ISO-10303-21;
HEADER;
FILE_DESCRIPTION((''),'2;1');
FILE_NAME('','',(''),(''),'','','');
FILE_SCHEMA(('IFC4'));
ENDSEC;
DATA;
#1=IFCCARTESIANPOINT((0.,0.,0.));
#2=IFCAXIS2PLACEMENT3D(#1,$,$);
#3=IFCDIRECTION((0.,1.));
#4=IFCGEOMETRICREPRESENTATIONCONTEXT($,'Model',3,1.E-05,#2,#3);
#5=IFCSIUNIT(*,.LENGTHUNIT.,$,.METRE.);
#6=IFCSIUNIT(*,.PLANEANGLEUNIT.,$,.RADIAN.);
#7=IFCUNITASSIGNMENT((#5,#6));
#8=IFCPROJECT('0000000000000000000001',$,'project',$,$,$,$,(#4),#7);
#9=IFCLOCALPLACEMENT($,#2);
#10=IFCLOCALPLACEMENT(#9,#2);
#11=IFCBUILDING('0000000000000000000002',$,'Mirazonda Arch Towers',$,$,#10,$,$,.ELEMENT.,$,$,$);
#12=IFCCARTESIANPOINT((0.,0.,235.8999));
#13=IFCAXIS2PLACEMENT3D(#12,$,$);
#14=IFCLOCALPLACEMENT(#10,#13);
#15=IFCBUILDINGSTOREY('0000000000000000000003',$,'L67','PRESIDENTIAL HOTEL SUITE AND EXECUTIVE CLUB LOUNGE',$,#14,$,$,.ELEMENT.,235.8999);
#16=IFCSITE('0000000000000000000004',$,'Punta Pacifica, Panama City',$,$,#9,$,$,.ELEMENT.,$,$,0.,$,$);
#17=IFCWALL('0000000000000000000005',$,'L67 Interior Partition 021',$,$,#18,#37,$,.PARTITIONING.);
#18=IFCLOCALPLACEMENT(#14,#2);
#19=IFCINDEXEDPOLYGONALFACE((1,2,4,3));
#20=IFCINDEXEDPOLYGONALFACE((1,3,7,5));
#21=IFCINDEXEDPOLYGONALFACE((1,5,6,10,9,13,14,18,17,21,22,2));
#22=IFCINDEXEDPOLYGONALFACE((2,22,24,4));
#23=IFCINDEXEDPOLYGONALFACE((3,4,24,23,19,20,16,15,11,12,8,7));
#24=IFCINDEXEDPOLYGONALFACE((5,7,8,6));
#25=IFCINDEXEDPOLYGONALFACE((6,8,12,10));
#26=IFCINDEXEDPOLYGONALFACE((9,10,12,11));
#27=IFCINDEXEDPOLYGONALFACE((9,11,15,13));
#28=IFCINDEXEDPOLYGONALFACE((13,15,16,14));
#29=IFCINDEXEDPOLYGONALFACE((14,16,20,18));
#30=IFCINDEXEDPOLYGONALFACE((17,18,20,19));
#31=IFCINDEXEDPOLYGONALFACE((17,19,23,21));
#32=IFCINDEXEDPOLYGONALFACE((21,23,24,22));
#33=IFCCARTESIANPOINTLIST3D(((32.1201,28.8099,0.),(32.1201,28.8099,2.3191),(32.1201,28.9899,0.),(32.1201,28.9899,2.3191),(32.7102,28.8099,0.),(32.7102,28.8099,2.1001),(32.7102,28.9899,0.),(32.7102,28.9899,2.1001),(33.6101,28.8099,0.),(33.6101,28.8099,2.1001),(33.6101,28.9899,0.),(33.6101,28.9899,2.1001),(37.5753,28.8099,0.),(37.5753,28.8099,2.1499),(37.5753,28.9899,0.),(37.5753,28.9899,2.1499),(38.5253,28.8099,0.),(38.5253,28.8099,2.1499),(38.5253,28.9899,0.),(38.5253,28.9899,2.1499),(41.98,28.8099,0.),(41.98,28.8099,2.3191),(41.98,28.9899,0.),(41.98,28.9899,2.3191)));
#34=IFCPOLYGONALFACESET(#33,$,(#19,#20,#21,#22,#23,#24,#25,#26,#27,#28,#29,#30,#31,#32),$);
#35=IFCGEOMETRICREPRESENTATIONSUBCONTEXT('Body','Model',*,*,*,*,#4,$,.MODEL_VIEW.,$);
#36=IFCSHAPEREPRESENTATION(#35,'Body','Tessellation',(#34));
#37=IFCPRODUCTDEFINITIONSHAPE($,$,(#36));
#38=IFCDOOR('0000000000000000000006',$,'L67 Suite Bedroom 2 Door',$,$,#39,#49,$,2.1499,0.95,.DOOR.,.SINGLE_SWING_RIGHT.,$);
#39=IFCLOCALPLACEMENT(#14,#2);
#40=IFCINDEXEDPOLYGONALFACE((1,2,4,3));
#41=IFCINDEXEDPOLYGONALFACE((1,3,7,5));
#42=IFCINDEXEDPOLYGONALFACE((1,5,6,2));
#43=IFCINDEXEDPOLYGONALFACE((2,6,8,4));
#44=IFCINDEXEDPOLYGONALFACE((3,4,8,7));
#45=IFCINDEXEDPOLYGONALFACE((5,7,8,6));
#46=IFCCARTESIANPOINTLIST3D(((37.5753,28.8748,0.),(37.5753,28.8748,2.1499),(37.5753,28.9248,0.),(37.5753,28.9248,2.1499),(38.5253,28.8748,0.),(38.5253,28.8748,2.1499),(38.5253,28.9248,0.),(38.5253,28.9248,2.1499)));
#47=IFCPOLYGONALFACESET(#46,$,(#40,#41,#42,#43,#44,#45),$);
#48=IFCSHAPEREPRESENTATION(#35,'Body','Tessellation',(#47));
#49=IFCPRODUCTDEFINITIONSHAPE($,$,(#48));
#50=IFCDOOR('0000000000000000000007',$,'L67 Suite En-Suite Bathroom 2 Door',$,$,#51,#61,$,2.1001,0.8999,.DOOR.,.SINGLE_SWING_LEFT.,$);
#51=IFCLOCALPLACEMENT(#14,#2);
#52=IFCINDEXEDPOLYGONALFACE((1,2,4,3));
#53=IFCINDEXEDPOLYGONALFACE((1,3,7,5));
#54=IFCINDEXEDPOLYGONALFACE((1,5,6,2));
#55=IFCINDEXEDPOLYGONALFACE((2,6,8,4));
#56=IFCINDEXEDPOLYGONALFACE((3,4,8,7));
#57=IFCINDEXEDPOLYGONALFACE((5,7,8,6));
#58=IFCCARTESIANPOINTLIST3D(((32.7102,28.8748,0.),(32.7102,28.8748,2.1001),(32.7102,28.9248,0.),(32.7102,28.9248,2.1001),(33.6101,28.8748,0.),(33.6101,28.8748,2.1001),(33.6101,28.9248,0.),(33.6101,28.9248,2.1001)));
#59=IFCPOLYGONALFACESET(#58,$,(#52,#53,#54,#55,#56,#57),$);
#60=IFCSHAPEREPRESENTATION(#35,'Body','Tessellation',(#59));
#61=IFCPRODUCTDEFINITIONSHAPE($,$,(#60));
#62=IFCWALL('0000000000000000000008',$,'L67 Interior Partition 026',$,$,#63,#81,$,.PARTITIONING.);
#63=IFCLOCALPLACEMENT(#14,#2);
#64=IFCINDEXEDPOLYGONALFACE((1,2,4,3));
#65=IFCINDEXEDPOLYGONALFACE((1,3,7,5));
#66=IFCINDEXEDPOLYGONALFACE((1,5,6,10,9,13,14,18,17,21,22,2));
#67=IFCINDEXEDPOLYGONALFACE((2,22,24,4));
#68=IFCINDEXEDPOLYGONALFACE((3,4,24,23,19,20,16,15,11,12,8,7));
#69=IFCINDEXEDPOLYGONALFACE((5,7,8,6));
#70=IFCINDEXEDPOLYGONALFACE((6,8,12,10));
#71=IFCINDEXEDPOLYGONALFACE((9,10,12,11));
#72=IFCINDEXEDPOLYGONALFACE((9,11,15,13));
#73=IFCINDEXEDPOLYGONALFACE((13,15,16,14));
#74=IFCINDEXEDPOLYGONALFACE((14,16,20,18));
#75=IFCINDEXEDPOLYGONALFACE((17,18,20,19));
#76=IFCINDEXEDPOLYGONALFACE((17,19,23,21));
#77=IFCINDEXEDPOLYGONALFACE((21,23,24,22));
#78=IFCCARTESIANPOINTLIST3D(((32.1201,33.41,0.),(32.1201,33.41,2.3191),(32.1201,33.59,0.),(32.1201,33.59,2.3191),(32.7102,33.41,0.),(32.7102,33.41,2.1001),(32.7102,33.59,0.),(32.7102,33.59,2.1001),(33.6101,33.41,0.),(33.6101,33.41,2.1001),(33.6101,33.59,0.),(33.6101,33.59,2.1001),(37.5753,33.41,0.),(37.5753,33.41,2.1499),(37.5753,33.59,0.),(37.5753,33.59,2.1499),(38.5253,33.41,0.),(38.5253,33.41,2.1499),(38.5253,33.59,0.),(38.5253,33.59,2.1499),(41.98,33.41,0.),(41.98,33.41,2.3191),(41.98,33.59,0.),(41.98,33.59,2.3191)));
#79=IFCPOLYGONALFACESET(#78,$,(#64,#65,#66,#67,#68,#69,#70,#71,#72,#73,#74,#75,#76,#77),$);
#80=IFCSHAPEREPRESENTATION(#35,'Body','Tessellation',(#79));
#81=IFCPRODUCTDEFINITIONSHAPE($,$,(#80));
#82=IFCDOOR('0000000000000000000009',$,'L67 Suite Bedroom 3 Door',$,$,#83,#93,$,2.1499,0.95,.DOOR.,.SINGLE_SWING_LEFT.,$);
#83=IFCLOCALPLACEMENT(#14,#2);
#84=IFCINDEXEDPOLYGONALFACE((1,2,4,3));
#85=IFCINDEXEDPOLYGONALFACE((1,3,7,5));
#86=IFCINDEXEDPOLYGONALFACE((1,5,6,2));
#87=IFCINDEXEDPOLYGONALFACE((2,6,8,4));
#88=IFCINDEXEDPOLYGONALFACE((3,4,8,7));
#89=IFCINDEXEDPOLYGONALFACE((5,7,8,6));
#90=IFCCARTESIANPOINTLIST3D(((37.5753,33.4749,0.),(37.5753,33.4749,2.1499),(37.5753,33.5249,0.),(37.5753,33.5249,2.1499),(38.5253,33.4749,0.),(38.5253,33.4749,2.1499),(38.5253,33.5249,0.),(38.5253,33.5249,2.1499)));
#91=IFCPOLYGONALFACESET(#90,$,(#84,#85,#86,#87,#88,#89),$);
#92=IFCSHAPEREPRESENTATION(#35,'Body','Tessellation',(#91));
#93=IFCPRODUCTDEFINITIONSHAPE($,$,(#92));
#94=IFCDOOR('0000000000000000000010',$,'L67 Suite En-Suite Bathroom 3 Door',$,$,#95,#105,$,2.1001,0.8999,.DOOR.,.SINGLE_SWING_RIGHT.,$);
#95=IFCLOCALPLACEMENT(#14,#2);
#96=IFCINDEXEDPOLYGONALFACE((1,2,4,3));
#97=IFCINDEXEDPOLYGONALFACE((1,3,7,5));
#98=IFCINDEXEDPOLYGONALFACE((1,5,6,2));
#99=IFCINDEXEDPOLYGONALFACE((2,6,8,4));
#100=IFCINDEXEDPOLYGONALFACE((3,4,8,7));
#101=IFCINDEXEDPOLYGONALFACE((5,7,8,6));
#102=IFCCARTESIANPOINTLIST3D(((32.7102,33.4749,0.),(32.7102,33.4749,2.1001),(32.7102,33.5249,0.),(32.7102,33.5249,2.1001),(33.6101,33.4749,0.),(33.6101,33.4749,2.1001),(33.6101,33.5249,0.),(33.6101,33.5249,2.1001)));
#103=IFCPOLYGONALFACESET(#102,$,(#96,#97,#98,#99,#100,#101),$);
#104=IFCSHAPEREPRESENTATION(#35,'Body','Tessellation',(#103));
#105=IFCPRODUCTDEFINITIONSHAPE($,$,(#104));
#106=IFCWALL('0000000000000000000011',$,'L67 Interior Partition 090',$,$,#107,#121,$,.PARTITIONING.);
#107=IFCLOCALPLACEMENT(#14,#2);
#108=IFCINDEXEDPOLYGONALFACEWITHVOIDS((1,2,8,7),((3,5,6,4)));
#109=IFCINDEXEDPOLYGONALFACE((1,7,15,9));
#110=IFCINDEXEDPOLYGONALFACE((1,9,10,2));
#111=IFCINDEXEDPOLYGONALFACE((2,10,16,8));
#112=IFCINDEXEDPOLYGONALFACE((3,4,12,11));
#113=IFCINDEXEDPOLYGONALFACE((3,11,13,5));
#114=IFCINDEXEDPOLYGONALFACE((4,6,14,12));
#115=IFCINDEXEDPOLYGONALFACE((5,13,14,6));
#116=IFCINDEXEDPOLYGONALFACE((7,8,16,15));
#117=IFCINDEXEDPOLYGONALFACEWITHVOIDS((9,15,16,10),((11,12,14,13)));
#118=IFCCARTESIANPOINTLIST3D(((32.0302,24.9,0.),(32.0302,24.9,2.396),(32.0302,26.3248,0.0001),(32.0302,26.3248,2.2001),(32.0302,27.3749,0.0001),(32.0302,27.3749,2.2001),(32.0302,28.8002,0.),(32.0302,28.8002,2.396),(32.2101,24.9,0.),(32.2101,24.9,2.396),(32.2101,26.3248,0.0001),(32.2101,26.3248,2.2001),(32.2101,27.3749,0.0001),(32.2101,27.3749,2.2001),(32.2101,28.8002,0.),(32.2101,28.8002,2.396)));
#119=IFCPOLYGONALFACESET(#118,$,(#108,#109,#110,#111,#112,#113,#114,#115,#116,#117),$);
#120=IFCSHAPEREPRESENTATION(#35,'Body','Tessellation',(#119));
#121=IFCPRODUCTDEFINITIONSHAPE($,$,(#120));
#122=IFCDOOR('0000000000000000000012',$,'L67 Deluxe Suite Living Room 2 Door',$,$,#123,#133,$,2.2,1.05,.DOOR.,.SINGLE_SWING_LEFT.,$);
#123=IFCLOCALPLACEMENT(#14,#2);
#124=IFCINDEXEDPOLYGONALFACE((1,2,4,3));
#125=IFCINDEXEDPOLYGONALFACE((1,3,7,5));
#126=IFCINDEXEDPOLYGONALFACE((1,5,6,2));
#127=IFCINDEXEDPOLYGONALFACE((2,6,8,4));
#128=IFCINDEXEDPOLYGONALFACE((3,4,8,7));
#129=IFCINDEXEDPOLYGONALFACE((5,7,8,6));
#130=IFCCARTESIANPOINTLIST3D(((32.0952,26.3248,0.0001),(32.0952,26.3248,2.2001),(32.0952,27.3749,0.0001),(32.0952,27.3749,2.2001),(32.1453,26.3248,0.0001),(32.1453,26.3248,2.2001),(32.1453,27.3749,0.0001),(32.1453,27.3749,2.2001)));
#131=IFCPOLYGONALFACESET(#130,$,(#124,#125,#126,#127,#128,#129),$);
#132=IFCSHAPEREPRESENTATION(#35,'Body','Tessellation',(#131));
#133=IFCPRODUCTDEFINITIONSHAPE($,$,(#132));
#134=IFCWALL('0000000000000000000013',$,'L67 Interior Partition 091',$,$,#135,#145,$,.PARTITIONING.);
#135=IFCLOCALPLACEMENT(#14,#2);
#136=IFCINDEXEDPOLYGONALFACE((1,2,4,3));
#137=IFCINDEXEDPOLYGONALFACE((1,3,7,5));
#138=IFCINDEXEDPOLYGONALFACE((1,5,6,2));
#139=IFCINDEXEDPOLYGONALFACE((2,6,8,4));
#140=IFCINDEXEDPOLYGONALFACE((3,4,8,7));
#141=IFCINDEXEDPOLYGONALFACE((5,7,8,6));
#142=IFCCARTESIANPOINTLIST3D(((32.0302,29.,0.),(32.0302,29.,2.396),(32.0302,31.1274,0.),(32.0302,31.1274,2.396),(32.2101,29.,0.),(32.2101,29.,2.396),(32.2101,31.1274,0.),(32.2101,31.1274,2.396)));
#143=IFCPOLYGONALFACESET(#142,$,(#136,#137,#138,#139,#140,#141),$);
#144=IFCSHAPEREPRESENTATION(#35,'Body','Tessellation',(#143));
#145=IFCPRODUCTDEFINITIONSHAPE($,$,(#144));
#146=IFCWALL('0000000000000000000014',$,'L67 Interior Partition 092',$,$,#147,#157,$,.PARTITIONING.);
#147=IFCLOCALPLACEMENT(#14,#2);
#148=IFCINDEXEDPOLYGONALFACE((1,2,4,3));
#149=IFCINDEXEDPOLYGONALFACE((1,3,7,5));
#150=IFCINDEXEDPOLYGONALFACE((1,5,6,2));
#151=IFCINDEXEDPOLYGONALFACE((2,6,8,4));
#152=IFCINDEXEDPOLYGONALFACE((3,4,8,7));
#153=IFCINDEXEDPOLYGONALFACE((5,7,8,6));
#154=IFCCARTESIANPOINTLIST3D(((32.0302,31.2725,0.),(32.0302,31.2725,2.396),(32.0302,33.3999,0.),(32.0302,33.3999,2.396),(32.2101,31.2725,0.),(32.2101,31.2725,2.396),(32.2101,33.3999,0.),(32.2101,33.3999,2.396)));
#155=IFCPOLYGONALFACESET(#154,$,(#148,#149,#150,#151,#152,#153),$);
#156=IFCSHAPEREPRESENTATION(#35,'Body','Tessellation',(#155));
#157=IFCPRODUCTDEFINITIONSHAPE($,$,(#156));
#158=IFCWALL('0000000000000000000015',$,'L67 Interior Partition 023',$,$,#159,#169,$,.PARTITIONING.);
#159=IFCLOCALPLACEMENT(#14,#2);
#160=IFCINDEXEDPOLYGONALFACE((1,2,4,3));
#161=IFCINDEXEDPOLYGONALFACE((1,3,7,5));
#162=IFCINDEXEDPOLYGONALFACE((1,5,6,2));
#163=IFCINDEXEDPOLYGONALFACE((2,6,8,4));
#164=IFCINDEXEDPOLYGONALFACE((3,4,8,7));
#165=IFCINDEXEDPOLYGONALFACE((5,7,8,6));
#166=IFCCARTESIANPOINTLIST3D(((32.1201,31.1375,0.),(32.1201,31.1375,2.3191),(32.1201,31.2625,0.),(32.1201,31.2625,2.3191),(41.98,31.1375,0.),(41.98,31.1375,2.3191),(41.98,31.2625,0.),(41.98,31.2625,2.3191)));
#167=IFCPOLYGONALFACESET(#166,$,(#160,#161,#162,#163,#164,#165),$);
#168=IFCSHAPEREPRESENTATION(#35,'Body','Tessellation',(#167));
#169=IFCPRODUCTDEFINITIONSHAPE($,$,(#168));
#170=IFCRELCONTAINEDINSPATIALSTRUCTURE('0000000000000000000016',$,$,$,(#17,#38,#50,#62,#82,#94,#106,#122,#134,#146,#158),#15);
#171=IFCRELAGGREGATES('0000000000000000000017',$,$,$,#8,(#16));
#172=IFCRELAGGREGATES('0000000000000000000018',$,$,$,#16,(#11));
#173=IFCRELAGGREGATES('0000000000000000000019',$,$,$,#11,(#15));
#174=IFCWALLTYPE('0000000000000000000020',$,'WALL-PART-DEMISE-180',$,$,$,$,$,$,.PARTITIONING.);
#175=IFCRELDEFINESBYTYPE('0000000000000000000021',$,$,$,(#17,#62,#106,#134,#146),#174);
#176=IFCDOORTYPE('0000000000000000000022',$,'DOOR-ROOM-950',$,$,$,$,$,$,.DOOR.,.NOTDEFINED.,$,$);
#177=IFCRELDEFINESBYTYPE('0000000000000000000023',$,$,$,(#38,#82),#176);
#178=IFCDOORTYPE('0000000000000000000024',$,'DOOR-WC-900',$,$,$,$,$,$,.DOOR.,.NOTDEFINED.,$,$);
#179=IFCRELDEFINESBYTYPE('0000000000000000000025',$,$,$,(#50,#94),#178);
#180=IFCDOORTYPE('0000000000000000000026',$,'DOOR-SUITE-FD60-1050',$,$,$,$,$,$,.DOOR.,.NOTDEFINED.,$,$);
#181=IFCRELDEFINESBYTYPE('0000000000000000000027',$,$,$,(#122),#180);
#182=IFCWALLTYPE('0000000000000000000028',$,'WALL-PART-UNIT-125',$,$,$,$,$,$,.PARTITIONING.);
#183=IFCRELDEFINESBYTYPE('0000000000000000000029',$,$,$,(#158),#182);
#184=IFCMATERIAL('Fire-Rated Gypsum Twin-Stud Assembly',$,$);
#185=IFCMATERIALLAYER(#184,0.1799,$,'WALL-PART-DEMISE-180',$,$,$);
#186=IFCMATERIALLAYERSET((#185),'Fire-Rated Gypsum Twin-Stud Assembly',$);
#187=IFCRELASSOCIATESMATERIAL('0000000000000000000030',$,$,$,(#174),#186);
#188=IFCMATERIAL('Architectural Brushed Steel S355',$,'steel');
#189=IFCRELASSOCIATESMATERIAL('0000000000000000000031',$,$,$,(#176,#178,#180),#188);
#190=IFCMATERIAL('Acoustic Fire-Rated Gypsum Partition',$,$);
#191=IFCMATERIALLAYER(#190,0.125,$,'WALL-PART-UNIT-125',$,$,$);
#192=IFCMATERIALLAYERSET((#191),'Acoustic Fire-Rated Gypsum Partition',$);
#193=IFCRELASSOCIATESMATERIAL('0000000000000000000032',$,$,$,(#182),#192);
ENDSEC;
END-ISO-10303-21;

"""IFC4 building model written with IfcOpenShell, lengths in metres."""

from ifc_helpers import new_model, si_unit, direction, frame, frame_2d, origin, place, context, subcontext, project, spatial, rectangle, extrude, material, layer, layer_set, type_object, element, fill, save


model = new_model("IFC4")

# Units and contexts
model_context = context("Model", 3, precision=1e-05, world=origin(), true_north=direction((0.0, 1.0)))
body_context = subcontext(model_context, "Body", "Model", "MODEL_VIEW")
ifc_project = project(units=[si_unit("LENGTHUNIT", "METRE"), si_unit("PLANEANGLEUNIT", "RADIAN")], contexts=[model_context])

# Site, building, storey
site_placement = place(None, origin())
site = spatial("IfcSite", under=ifc_project, at=site_placement, Name="Punta Pacifica, Panama City", CompositionType="ELEMENT", RefElevation=0.0)
building_placement = place(site_placement, origin())
building = spatial("IfcBuilding", under=site, at=building_placement, Name="Mirazonda Arch Towers", CompositionType="ELEMENT")
storey_placement = place(building_placement, frame((0.0, 0.0, 235.8999)))
storey = spatial("IfcBuildingStorey", under=building, at=storey_placement, Name="L67", Description="PRESIDENTIAL HOTEL SUITE AND EXECUTIVE CLUB LOUNGE", CompositionType="ELEMENT", Elevation=235.8999)

# Walls, openings, doors
ifc_material_1 = material(Name="Fire-Rated Gypsum Twin-Stud Assembly")
ifc_layer_1 = layer(ifc_material_1, 0.1799, Name="WALL-PART-DEMISE-180")
ifc_layer_set_1 = layer_set([ifc_layer_1], Name="Fire-Rated Gypsum Twin-Stud Assembly")
wall_type_1 = type_object("IfcWallType", Name="WALL-PART-DEMISE-180", PredefinedType="PARTITIONING", material=ifc_layer_set_1)
wall_1_placement = place(storey_placement, frame((32.1201, 28.8999, 0.0), z_axis=(0.0, 0.0, 1.0), x_axis=(1.0, 0.0, 0.0)))
wall_1 = element("IfcWall", 1, at=wall_1_placement, inside=storey, type_object=wall_type_1, Name="L67 Interior Partition 021", PredefinedType="PARTITIONING", context=body_context, shape_type="SweptSolid", body=[
    extrude(rectangle(XDim=9.8599, YDim=0.1799, at=frame_2d((4.9299, 0.0))), origin(), (0.0, 0.0, 1.0), 2.3191),
])
opening_1_placement = place(wall_1_placement, frame((5.4551, 0.0, 0.0)))
opening_1 = element("IfcOpeningElement", 2, at=opening_1_placement, cuts=wall_1, PredefinedType="OPENING", context=body_context, shape_type="SweptSolid", body=[
    extrude(rectangle(XDim=0.95, YDim=2.1499, at=frame_2d((0.4751, 1.075))), frame((0.0, 0.0999, 0.0), z_axis=(0.0, -1.0, 0.0), x_axis=(1.0, 0.0, 0.0)), (0.0, 0.0, 1.0), 0.2),
])
opening_2_placement = place(wall_1_placement, frame((0.5901, 0.0, 0.0)))
opening_2 = element("IfcOpeningElement", 3, at=opening_2_placement, cuts=wall_1, PredefinedType="OPENING", context=body_context, shape_type="SweptSolid", body=[
    extrude(rectangle(XDim=0.8999, YDim=2.1001, at=frame_2d((0.45, 1.05))), frame((0.0, 0.0999, 0.0), z_axis=(0.0, -1.0, 0.0), x_axis=(1.0, 0.0, 0.0)), (0.0, 0.0, 1.0), 0.2),
])
ifc_material_2 = material(Name="Architectural Brushed Steel S355", Category="steel")
door_type_1 = type_object("IfcDoorType", Name="DOOR-ROOM-950", OperationType="NOTDEFINED", PredefinedType="DOOR", material=ifc_material_2)
door_1_placement = place(opening_1_placement, origin())
door_1 = element("IfcDoor", 4, at=door_1_placement, inside=storey, type_object=door_type_1, Name="L67 Suite Bedroom 2 Door", OperationType="SINGLE_SWING_RIGHT", OverallHeight=2.1499, OverallWidth=0.95, PredefinedType="DOOR", context=body_context, shape_type="SweptSolid", body=[
    extrude(rectangle(XDim=0.95, YDim=2.1499, at=frame_2d((0.4751, 1.075))), frame((0.0, 0.0249, 0.0), z_axis=(0.0, -1.0, 0.0), x_axis=(1.0, 0.0, 0.0)), (0.0, 0.0, 1.0), 0.05),
])
fill(opening_1, door_1)
door_type_2 = type_object("IfcDoorType", Name="DOOR-WC-900", OperationType="NOTDEFINED", PredefinedType="DOOR", material=ifc_material_2)
door_2_placement = place(opening_2_placement, origin())
door_2 = element("IfcDoor", 5, at=door_2_placement, inside=storey, type_object=door_type_2, Name="L67 Suite En-Suite Bathroom 2 Door", OperationType="SINGLE_SWING_LEFT", OverallHeight=2.1001, OverallWidth=0.8999, PredefinedType="DOOR", context=body_context, shape_type="SweptSolid", body=[
    extrude(rectangle(XDim=0.8999, YDim=2.1001, at=frame_2d((0.45, 1.05))), frame((0.0, 0.0249, 0.0), z_axis=(0.0, -1.0, 0.0), x_axis=(1.0, 0.0, 0.0)), (0.0, 0.0, 1.0), 0.05),
])
fill(opening_2, door_2)
wall_2_placement = place(storey_placement, frame((32.1201, 33.5, 0.0), z_axis=(0.0, 0.0, 1.0), x_axis=(1.0, 0.0, 0.0)))
wall_2 = element("IfcWall", 6, at=wall_2_placement, inside=storey, type_object=wall_type_1, Name="L67 Interior Partition 026", PredefinedType="PARTITIONING", context=body_context, shape_type="SweptSolid", body=[
    extrude(rectangle(XDim=9.8599, YDim=0.1799, at=frame_2d((4.9299, 0.0))), origin(), (0.0, 0.0, 1.0), 2.3191),
])
opening_3_placement = place(wall_2_placement, frame((5.4551, 0.0, 0.0)))
opening_3 = element("IfcOpeningElement", 7, at=opening_3_placement, cuts=wall_2, PredefinedType="OPENING", context=body_context, shape_type="SweptSolid", body=[
    extrude(rectangle(XDim=0.95, YDim=2.1499, at=frame_2d((0.4751, 1.075))), frame((0.0, 0.0999, 0.0), z_axis=(0.0, -1.0, 0.0), x_axis=(1.0, 0.0, 0.0)), (0.0, 0.0, 1.0), 0.2),
])
opening_4_placement = place(wall_2_placement, frame((0.5901, 0.0, 0.0)))
opening_4 = element("IfcOpeningElement", 8, at=opening_4_placement, cuts=wall_2, PredefinedType="OPENING", context=body_context, shape_type="SweptSolid", body=[
    extrude(rectangle(XDim=0.8999, YDim=2.1001, at=frame_2d((0.45, 1.05))), frame((0.0, 0.0999, 0.0), z_axis=(0.0, -1.0, 0.0), x_axis=(1.0, 0.0, 0.0)), (0.0, 0.0, 1.0), 0.2),
])
door_3_placement = place(opening_3_placement, origin())
door_3 = element("IfcDoor", 9, at=door_3_placement, inside=storey, type_object=door_type_1, Name="L67 Suite Bedroom 3 Door", OperationType="SINGLE_SWING_LEFT", OverallHeight=2.1499, OverallWidth=0.95, PredefinedType="DOOR", context=body_context, shape_type="SweptSolid", body=[
    extrude(rectangle(XDim=0.95, YDim=2.1499, at=frame_2d((0.4751, 1.075))), frame((0.0, 0.0249, 0.0), z_axis=(0.0, -1.0, 0.0), x_axis=(1.0, 0.0, 0.0)), (0.0, 0.0, 1.0), 0.05),
])
fill(opening_3, door_3)
door_4_placement = place(opening_4_placement, origin())
door_4 = element("IfcDoor", 10, at=door_4_placement, inside=storey, type_object=door_type_2, Name="L67 Suite En-Suite Bathroom 3 Door", OperationType="SINGLE_SWING_RIGHT", OverallHeight=2.1001, OverallWidth=0.8999, PredefinedType="DOOR", context=body_context, shape_type="SweptSolid", body=[
    extrude(rectangle(XDim=0.8999, YDim=2.1001, at=frame_2d((0.45, 1.05))), frame((0.0, 0.0249, 0.0), z_axis=(0.0, -1.0, 0.0), x_axis=(1.0, 0.0, 0.0)), (0.0, 0.0, 1.0), 0.05),
])
fill(opening_4, door_4)

# Wall, opening, door
wall_3_placement = place(storey_placement, frame((32.1201, 24.8999, 0.0), z_axis=(0.0, 0.0, 1.0), x_axis=(0.0, 1.0, 0.0)))
wall_3 = element("IfcWall", 11, at=wall_3_placement, inside=storey, type_object=wall_type_1, Name="L67 Interior Partition 090", PredefinedType="PARTITIONING", context=body_context, shape_type="SweptSolid", body=[
    extrude(rectangle(XDim=3.9001, YDim=0.1799, at=frame_2d((1.9502, 0.0))), origin(), (0.0, 0.0, 1.0), 2.396),
])
opening_5_placement = place(wall_3_placement, frame((1.425, 0.0, 0.0)))
opening_5 = element("IfcOpeningElement", 12, at=opening_5_placement, cuts=wall_3, PredefinedType="OPENING", context=body_context, shape_type="SweptSolid", body=[
    extrude(rectangle(XDim=1.05, YDim=2.2, at=frame_2d((0.5249, 1.1001))), frame((0.0, 0.0999, 0.0), z_axis=(0.0, -1.0, 0.0), x_axis=(1.0, 0.0, 0.0)), (0.0, 0.0, 1.0), 0.2),
])
door_type_3 = type_object("IfcDoorType", Name="DOOR-SUITE-FD60-1050", OperationType="NOTDEFINED", PredefinedType="DOOR", material=ifc_material_2)
door_5_placement = place(opening_5_placement, origin())
door_5 = element("IfcDoor", 13, at=door_5_placement, inside=storey, type_object=door_type_3, Name="L67 Deluxe Suite Living Room 2 Door", OperationType="SINGLE_SWING_LEFT", OverallHeight=2.2, OverallWidth=1.05, PredefinedType="DOOR", context=body_context, shape_type="SweptSolid", body=[
    extrude(rectangle(XDim=1.05, YDim=2.2, at=frame_2d((0.5249, 1.1001))), frame((0.0, 0.0249, 0.0), z_axis=(0.0, -1.0, 0.0), x_axis=(1.0, 0.0, 0.0)), (0.0, 0.0, 1.0), 0.05),
])
fill(opening_5, door_5)

# Walls
for number, where, z_axis, x_axis, name in (
    (14, (32.1201, 29.0, 0.0), (0.0, 0.0, 1.0), (0.0, 1.0, 0.0), "L67 Interior Partition 091"),
    (15, (32.1201, 31.2725, 0.0), (0.0, 0.0, 1.0), (0.0, 1.0, 0.0), "L67 Interior Partition 092"),
):
    element("IfcWall", number, at=place(storey_placement, frame(where, z_axis=z_axis, x_axis=x_axis)), inside=storey, type_object=wall_type_1, Name=name, PredefinedType="PARTITIONING", context=body_context, shape_type="SweptSolid", body=[
        extrude(rectangle(XDim=2.1274, YDim=0.1799, at=frame_2d((1.0637, 0.0))), origin(), (0.0, 0.0, 1.0), 2.396),
    ])
ifc_material_3 = material(Name="Acoustic Fire-Rated Gypsum Partition")
ifc_layer_2 = layer(ifc_material_3, 0.125, Name="WALL-PART-UNIT-125")
ifc_layer_set_2 = layer_set([ifc_layer_2], Name="Acoustic Fire-Rated Gypsum Partition")
wall_type_2 = type_object("IfcWallType", Name="WALL-PART-UNIT-125", PredefinedType="PARTITIONING", material=ifc_layer_set_2)
wall_4_placement = place(storey_placement, frame((32.1201, 31.2, 0.0), z_axis=(0.0, 0.0, 1.0), x_axis=(1.0, 0.0, 0.0)))
element("IfcWall", 16, at=wall_4_placement, inside=storey, type_object=wall_type_2, Name="L67 Interior Partition 023", PredefinedType="PARTITIONING", context=body_context, shape_type="SweptSolid", body=[
    extrude(rectangle(XDim=9.8599, YDim=0.125, at=frame_2d((4.9299, 0.0))), origin(), (0.0, 0.0, 1.0), 2.3191),
])

save(model, "model.ifc")
